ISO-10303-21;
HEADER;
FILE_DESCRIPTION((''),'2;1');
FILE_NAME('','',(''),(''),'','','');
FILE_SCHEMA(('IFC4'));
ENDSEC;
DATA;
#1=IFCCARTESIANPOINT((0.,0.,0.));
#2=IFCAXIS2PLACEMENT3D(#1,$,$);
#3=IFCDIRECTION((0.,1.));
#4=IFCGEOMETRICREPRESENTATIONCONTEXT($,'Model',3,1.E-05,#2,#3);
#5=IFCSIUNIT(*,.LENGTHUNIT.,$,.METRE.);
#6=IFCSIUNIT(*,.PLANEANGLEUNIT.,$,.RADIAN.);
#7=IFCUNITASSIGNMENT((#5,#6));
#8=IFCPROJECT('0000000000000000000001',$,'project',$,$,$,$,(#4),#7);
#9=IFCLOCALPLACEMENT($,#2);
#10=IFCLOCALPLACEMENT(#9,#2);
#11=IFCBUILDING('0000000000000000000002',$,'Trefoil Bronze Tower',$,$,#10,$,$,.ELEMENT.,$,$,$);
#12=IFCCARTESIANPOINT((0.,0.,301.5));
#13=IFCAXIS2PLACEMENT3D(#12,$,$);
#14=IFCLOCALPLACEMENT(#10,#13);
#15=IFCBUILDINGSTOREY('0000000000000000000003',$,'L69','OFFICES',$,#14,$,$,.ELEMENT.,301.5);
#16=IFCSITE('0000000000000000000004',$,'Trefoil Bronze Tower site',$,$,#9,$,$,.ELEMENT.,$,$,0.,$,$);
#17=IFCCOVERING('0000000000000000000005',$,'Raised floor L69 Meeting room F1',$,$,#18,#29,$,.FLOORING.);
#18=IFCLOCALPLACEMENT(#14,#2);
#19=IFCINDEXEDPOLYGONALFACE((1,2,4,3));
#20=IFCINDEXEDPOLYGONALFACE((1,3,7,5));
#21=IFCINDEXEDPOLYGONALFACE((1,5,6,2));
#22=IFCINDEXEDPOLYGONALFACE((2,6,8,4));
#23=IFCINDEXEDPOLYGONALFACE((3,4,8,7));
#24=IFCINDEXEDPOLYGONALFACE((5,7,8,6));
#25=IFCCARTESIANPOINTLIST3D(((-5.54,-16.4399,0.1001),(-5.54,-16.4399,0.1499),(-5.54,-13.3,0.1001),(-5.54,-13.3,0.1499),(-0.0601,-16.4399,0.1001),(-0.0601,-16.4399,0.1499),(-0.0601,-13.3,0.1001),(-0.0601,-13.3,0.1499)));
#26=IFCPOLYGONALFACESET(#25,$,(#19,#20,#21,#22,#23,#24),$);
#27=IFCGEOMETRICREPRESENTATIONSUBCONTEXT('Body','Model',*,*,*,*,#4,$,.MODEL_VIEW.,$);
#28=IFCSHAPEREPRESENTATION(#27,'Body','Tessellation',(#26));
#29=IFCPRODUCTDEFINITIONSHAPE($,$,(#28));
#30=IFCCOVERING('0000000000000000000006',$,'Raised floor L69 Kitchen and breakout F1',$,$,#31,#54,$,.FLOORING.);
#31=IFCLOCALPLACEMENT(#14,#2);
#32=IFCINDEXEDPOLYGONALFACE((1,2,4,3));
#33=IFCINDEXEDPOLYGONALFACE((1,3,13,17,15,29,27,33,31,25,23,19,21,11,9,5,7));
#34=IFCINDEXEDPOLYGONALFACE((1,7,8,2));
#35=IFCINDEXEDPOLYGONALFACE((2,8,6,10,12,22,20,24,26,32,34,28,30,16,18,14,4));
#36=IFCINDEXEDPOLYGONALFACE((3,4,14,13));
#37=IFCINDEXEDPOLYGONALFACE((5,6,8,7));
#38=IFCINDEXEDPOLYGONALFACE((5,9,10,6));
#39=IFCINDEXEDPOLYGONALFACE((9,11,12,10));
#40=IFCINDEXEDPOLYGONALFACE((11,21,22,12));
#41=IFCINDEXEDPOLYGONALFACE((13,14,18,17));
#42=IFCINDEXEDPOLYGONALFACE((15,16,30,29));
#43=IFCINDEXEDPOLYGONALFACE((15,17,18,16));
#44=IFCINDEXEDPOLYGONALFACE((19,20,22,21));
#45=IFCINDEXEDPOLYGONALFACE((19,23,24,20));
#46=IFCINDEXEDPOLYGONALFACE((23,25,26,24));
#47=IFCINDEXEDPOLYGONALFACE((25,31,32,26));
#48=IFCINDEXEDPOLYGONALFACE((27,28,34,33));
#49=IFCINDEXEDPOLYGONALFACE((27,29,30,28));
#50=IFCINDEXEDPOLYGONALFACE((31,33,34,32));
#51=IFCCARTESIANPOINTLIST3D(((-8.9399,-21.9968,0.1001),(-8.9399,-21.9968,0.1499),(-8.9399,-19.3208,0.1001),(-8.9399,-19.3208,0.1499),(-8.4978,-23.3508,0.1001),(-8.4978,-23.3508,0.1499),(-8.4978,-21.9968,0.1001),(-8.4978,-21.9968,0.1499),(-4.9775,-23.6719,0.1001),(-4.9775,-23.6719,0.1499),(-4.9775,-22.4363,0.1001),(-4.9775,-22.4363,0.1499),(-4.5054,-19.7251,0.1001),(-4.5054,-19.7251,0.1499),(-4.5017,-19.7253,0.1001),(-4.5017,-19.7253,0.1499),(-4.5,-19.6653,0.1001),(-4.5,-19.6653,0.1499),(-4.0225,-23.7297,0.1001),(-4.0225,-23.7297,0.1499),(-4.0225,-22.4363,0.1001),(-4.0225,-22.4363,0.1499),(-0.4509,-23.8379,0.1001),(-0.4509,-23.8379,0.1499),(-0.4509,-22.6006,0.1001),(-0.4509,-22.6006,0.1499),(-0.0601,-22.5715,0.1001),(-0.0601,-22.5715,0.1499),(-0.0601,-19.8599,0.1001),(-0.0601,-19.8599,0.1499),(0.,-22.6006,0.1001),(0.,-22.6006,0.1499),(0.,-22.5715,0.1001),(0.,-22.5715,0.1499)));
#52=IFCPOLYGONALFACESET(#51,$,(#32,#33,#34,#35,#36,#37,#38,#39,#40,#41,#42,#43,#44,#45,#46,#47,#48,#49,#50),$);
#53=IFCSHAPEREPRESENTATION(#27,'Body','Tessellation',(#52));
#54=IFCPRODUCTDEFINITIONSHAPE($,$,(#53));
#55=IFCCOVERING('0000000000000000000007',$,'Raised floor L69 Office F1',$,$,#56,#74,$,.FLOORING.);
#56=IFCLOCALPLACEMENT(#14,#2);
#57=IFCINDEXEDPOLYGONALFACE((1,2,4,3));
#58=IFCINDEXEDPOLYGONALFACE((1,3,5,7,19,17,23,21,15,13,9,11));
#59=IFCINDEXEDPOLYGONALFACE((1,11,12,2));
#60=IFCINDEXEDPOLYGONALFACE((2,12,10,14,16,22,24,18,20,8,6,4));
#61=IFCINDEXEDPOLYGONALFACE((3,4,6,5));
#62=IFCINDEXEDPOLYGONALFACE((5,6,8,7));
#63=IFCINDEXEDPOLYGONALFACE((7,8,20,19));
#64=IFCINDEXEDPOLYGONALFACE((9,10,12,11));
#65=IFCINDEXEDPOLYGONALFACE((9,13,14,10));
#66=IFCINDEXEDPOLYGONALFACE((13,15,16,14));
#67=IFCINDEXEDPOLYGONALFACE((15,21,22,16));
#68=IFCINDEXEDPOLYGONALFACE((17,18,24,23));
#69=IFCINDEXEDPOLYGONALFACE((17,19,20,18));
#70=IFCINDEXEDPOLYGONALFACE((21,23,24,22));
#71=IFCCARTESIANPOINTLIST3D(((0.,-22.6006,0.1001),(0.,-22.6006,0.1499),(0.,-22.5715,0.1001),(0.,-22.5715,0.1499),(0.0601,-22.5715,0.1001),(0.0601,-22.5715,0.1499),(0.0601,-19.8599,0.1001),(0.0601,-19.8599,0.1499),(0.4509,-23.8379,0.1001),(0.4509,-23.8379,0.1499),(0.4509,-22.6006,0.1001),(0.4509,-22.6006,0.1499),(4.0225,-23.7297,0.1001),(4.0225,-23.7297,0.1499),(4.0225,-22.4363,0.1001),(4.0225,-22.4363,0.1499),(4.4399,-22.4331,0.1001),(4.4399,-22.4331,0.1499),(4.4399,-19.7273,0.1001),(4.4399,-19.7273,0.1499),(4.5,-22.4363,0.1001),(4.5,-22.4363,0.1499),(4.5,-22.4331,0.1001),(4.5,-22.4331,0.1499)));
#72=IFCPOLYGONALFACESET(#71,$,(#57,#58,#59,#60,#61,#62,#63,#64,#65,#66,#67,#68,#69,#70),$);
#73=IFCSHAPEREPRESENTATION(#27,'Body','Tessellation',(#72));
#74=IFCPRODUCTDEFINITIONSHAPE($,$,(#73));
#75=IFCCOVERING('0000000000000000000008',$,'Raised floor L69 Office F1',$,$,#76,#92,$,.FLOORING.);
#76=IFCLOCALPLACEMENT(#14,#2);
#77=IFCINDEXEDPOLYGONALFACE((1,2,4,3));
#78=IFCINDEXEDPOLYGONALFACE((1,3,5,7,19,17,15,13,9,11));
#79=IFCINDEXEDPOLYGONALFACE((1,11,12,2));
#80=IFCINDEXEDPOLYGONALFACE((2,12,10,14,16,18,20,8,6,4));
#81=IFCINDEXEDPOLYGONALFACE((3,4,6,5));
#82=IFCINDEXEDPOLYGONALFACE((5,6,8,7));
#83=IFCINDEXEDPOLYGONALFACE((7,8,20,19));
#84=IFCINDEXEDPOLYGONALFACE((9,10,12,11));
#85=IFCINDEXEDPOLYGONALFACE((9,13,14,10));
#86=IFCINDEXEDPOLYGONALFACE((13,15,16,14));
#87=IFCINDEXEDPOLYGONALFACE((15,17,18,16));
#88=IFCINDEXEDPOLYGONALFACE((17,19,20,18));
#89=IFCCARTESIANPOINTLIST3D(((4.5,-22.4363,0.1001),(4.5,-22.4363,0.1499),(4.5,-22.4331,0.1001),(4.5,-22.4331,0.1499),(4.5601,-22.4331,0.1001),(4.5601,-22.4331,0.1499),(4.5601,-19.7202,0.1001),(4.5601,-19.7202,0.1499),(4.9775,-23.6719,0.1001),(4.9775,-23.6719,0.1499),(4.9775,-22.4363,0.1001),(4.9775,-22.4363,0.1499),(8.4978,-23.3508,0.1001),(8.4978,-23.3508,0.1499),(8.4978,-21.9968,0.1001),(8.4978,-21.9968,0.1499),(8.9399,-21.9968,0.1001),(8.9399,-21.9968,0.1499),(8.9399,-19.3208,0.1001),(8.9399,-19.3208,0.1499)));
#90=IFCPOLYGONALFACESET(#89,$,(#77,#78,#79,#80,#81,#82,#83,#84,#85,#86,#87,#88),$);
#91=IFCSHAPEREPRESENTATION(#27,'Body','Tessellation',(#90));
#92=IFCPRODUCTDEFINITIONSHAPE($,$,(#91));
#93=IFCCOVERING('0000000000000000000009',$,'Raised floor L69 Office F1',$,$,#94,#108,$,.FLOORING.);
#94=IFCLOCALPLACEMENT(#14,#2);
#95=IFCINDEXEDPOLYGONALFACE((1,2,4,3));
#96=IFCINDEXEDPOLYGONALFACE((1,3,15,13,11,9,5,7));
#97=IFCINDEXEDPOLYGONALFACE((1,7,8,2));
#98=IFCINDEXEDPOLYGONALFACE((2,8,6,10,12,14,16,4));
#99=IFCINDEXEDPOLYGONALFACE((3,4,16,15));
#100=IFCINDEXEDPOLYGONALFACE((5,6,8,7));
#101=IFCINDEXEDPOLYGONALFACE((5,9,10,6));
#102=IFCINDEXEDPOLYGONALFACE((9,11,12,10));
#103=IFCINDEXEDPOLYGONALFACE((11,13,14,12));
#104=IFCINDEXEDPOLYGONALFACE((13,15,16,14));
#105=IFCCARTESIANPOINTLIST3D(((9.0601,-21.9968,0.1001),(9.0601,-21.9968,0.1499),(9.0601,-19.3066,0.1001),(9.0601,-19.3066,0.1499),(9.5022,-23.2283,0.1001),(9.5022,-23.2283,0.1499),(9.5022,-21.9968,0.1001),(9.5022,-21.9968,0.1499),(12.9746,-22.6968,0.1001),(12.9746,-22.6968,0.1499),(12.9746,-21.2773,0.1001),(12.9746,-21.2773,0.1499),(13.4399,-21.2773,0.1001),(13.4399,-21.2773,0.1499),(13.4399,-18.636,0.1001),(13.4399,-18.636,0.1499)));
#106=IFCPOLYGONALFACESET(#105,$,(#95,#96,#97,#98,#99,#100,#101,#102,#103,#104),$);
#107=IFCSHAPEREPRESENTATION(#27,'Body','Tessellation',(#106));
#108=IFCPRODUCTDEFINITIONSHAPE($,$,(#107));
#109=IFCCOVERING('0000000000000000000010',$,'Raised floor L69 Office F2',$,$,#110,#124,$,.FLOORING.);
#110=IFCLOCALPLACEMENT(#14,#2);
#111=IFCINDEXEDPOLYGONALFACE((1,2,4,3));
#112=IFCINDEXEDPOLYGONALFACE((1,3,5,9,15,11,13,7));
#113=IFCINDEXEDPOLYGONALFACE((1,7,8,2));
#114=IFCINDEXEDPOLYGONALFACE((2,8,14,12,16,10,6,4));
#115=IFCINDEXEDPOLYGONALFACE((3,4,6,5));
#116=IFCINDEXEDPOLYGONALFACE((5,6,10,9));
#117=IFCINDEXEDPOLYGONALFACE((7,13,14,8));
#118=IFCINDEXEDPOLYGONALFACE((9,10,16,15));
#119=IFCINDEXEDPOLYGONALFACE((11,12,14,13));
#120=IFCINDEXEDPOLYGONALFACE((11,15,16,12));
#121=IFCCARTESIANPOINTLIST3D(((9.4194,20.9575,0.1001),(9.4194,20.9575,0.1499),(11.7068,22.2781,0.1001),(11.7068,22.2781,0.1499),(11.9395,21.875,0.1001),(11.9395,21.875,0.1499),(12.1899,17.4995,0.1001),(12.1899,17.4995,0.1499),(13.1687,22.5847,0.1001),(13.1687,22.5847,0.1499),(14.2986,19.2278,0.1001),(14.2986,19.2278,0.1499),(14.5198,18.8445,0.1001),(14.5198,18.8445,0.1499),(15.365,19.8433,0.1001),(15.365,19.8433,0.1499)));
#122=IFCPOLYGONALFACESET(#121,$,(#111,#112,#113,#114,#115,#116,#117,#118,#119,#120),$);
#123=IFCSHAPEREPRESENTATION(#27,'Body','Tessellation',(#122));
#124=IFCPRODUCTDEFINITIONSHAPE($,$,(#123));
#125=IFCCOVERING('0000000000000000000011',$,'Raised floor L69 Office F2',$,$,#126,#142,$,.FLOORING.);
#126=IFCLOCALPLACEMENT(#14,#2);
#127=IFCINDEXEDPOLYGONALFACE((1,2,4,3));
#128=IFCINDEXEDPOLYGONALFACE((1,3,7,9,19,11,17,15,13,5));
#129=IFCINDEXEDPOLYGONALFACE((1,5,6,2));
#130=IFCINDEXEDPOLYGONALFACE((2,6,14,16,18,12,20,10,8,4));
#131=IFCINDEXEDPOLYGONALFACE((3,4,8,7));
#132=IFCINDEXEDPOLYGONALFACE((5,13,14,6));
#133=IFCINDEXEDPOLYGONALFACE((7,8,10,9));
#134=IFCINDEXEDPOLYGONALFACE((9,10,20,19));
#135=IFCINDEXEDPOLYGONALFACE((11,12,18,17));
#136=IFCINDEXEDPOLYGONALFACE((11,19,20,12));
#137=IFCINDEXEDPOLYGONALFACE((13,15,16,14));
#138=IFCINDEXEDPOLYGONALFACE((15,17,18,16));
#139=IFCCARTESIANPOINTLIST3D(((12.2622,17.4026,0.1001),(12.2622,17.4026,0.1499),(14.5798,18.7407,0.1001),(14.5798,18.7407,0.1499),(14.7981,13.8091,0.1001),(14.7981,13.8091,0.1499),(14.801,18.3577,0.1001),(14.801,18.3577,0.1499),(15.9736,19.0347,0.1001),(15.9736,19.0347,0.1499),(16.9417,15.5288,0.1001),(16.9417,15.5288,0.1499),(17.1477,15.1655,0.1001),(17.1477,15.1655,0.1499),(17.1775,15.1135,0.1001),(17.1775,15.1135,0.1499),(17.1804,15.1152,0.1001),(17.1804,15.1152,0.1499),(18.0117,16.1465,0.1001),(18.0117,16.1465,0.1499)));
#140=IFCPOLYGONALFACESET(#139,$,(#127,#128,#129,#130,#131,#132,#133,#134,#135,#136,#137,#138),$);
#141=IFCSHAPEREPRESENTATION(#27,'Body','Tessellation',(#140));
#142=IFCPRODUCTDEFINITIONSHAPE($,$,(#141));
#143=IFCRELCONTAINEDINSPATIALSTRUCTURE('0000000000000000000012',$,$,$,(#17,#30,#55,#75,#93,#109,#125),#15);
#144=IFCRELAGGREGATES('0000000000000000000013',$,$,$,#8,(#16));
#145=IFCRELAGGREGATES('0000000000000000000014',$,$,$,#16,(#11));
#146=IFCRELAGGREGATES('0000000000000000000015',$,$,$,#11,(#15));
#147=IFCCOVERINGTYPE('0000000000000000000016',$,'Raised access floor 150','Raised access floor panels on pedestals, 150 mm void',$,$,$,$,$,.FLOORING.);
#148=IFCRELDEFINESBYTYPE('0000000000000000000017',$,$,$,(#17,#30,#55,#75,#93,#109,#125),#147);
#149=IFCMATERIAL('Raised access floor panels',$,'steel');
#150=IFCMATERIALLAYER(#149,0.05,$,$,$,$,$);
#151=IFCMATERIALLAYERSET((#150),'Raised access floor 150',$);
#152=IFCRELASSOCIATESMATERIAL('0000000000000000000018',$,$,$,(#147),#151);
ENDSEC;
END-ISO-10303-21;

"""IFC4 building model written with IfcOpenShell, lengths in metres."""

from ifc_helpers import new_model, si_unit, direction, frame, origin, place, context, subcontext, project, spatial, polyline, outline, extrude, material, layer, layer_set, type_object, element, save


model = new_model("IFC4")

# Units and contexts
model_context = context("Model", 3, precision=1e-05, world=origin(), true_north=direction((0.0, 1.0)))
body_context = subcontext(model_context, "Body", "Model", "MODEL_VIEW")
ifc_project = project(units=[si_unit("LENGTHUNIT", "METRE"), si_unit("PLANEANGLEUNIT", "RADIAN")], contexts=[model_context])

# Site, building, storey
site_placement = place(None, origin())
site = spatial("IfcSite", under=ifc_project, at=site_placement, Name="Trefoil Bronze Tower site", CompositionType="ELEMENT", RefElevation=0.0)
building_placement = place(site_placement, origin())
building = spatial("IfcBuilding", under=site, at=building_placement, Name="Trefoil Bronze Tower", CompositionType="ELEMENT")
storey_placement = place(building_placement, frame((0.0, 0.0, 301.5)))
storey = spatial("IfcBuildingStorey", under=building, at=storey_placement, Name="L69", Description="OFFICES", CompositionType="ELEMENT", Elevation=301.5)

# Coverings
ifc_material_1 = material(Name="Raised access floor panels", Category="steel")
ifc_layer_1 = layer(ifc_material_1, 0.05)
ifc_layer_set_1 = layer_set([ifc_layer_1], Name="Raised access floor 150")
covering_type_1 = type_object("IfcCoveringType", Name="Raised access floor 150", Description="Raised access floor panels on pedestals, 150 mm void", PredefinedType="FLOORING", material=ifc_layer_set_1)
covering_1_placement = place(storey_placement, frame((0.0, 0.0, 0.1001)))
element("IfcCovering", 1, at=covering_1_placement, inside=storey, type_object=covering_type_1, Name="Raised floor L69 Meeting room F1", PredefinedType="FLOORING", context=body_context, shape_type="SweptSolid", body=[
    extrude(outline(polyline([(-0.0601, -13.3), (-0.0601, -16.4399), (-5.54, -16.4399), (-5.54, -13.3), (-0.0601, -13.3)])), origin(), (0.0, 0.0, 1.0), 0.0498),
])
covering_2_placement = place(storey_placement, frame((0.0, 0.0, 0.1001)))
element("IfcCovering", 2, at=covering_2_placement, inside=storey, type_object=covering_type_1, Name="Raised floor L69 Kitchen and breakout F1", PredefinedType="FLOORING", context=body_context, shape_type="SweptSolid", body=[
    extrude(outline(polyline([(-4.0225, -23.7297), (-4.0225, -22.4363), (-4.9775, -22.4363), (-4.9775, -23.6719), (-8.4978, -23.3508), (-8.4978, -21.9968), (-8.9399, -21.9968), (-8.9399, -19.3208), (-4.5054, -19.7251), (-4.5, -19.6653), (-4.5017, -19.7253), (-0.0601, -19.8599), (-0.0601, -22.5715), (0.0, -22.5715), (0.0, -22.6006), (-0.4509, -22.6006), (-0.4509, -23.8379), (-4.0225, -23.7297)])), origin(), (0.0, 0.0, 1.0), 0.0498),
])
covering_3_placement = place(storey_placement, frame((0.0, 0.0, 0.1001)))
element("IfcCovering", 3, at=covering_3_placement, inside=storey, type_object=covering_type_1, Name="Raised floor L69 Office F1", PredefinedType="FLOORING", context=body_context, shape_type="SweptSolid", body=[
    extrude(outline(polyline([(0.0, -22.5715), (0.0601, -22.5715), (0.0601, -19.8599), (4.4399, -19.7273), (4.4399, -22.4331), (4.5, -22.4331), (4.5, -22.4363), (4.0225, -22.4363), (4.0225, -23.7297), (0.4509, -23.8379), (0.4509, -22.6006), (0.0, -22.6006), (0.0, -22.5715)])), origin(), (0.0, 0.0, 1.0), 0.0498),
])
covering_4_placement = place(storey_placement, frame((0.0, 0.0, 0.1001)))
element("IfcCovering", 4, at=covering_4_placement, inside=storey, type_object=covering_type_1, Name="Raised floor L69 Office F1", PredefinedType="FLOORING", context=body_context, shape_type="SweptSolid", body=[
    extrude(outline(polyline([(4.5, -22.4331), (4.5601, -22.4331), (4.5601, -19.7202), (8.9399, -19.3208), (8.9399, -21.9968), (8.4978, -21.9968), (8.4978, -23.3508), (4.9775, -23.6719), (4.9775, -22.4363), (4.5, -22.4363), (4.5, -22.4331)])), origin(), (0.0, 0.0, 1.0), 0.0498),
])
covering_5_placement = place(storey_placement, frame((0.0, 0.0, 0.1001)))
element("IfcCovering", 5, at=covering_5_placement, inside=storey, type_object=covering_type_1, Name="Raised floor L69 Office F1", PredefinedType="FLOORING", context=body_context, shape_type="SweptSolid", body=[
    extrude(outline(polyline([(9.0601, -19.3066), (13.4399, -18.636), (13.4399, -21.2773), (12.9746, -21.2773), (12.9746, -22.6968), (9.5022, -23.2283), (9.5022, -21.9968), (9.0601, -21.9968), (9.0601, -19.3066)])), origin(), (0.0, 0.0, 1.0), 0.0498),
])
covering_6_placement = place(storey_placement, frame((0.0, 0.0, 0.1001)))
element("IfcCovering", 6, at=covering_6_placement, inside=storey, type_object=covering_type_1, Name="Raised floor L69 Office F2", PredefinedType="FLOORING", context=body_context, shape_type="SweptSolid", body=[
    extrude(outline(polyline([(12.1899, 17.4995), (9.4194, 20.9575), (11.7068, 22.2781), (11.9395, 21.875), (13.1687, 22.5847), (15.365, 19.8433), (14.2986, 19.2278), (14.5198, 18.8445), (12.1899, 17.4995)])), origin(), (0.0, 0.0, 1.0), 0.0498),
])
covering_7_placement = place(storey_placement, frame((0.0, 0.0, 0.1001)))
element("IfcCovering", 7, at=covering_7_placement, inside=storey, type_object=covering_type_1, Name="Raised floor L69 Office F2", PredefinedType="FLOORING", context=body_context, shape_type="SweptSolid", body=[
    extrude(outline(polyline([(18.0117, 16.1465), (16.9417, 15.5288), (17.1804, 15.1152), (17.1775, 15.1135), (17.1477, 15.1655), (14.7981, 13.8091), (12.2622, 17.4026), (14.5798, 18.7407), (14.801, 18.3577), (15.9736, 19.0347), (18.0117, 16.1465)])), origin(), (0.0, 0.0, 1.0), 0.0498),
])

save(model, "model.ifc")
